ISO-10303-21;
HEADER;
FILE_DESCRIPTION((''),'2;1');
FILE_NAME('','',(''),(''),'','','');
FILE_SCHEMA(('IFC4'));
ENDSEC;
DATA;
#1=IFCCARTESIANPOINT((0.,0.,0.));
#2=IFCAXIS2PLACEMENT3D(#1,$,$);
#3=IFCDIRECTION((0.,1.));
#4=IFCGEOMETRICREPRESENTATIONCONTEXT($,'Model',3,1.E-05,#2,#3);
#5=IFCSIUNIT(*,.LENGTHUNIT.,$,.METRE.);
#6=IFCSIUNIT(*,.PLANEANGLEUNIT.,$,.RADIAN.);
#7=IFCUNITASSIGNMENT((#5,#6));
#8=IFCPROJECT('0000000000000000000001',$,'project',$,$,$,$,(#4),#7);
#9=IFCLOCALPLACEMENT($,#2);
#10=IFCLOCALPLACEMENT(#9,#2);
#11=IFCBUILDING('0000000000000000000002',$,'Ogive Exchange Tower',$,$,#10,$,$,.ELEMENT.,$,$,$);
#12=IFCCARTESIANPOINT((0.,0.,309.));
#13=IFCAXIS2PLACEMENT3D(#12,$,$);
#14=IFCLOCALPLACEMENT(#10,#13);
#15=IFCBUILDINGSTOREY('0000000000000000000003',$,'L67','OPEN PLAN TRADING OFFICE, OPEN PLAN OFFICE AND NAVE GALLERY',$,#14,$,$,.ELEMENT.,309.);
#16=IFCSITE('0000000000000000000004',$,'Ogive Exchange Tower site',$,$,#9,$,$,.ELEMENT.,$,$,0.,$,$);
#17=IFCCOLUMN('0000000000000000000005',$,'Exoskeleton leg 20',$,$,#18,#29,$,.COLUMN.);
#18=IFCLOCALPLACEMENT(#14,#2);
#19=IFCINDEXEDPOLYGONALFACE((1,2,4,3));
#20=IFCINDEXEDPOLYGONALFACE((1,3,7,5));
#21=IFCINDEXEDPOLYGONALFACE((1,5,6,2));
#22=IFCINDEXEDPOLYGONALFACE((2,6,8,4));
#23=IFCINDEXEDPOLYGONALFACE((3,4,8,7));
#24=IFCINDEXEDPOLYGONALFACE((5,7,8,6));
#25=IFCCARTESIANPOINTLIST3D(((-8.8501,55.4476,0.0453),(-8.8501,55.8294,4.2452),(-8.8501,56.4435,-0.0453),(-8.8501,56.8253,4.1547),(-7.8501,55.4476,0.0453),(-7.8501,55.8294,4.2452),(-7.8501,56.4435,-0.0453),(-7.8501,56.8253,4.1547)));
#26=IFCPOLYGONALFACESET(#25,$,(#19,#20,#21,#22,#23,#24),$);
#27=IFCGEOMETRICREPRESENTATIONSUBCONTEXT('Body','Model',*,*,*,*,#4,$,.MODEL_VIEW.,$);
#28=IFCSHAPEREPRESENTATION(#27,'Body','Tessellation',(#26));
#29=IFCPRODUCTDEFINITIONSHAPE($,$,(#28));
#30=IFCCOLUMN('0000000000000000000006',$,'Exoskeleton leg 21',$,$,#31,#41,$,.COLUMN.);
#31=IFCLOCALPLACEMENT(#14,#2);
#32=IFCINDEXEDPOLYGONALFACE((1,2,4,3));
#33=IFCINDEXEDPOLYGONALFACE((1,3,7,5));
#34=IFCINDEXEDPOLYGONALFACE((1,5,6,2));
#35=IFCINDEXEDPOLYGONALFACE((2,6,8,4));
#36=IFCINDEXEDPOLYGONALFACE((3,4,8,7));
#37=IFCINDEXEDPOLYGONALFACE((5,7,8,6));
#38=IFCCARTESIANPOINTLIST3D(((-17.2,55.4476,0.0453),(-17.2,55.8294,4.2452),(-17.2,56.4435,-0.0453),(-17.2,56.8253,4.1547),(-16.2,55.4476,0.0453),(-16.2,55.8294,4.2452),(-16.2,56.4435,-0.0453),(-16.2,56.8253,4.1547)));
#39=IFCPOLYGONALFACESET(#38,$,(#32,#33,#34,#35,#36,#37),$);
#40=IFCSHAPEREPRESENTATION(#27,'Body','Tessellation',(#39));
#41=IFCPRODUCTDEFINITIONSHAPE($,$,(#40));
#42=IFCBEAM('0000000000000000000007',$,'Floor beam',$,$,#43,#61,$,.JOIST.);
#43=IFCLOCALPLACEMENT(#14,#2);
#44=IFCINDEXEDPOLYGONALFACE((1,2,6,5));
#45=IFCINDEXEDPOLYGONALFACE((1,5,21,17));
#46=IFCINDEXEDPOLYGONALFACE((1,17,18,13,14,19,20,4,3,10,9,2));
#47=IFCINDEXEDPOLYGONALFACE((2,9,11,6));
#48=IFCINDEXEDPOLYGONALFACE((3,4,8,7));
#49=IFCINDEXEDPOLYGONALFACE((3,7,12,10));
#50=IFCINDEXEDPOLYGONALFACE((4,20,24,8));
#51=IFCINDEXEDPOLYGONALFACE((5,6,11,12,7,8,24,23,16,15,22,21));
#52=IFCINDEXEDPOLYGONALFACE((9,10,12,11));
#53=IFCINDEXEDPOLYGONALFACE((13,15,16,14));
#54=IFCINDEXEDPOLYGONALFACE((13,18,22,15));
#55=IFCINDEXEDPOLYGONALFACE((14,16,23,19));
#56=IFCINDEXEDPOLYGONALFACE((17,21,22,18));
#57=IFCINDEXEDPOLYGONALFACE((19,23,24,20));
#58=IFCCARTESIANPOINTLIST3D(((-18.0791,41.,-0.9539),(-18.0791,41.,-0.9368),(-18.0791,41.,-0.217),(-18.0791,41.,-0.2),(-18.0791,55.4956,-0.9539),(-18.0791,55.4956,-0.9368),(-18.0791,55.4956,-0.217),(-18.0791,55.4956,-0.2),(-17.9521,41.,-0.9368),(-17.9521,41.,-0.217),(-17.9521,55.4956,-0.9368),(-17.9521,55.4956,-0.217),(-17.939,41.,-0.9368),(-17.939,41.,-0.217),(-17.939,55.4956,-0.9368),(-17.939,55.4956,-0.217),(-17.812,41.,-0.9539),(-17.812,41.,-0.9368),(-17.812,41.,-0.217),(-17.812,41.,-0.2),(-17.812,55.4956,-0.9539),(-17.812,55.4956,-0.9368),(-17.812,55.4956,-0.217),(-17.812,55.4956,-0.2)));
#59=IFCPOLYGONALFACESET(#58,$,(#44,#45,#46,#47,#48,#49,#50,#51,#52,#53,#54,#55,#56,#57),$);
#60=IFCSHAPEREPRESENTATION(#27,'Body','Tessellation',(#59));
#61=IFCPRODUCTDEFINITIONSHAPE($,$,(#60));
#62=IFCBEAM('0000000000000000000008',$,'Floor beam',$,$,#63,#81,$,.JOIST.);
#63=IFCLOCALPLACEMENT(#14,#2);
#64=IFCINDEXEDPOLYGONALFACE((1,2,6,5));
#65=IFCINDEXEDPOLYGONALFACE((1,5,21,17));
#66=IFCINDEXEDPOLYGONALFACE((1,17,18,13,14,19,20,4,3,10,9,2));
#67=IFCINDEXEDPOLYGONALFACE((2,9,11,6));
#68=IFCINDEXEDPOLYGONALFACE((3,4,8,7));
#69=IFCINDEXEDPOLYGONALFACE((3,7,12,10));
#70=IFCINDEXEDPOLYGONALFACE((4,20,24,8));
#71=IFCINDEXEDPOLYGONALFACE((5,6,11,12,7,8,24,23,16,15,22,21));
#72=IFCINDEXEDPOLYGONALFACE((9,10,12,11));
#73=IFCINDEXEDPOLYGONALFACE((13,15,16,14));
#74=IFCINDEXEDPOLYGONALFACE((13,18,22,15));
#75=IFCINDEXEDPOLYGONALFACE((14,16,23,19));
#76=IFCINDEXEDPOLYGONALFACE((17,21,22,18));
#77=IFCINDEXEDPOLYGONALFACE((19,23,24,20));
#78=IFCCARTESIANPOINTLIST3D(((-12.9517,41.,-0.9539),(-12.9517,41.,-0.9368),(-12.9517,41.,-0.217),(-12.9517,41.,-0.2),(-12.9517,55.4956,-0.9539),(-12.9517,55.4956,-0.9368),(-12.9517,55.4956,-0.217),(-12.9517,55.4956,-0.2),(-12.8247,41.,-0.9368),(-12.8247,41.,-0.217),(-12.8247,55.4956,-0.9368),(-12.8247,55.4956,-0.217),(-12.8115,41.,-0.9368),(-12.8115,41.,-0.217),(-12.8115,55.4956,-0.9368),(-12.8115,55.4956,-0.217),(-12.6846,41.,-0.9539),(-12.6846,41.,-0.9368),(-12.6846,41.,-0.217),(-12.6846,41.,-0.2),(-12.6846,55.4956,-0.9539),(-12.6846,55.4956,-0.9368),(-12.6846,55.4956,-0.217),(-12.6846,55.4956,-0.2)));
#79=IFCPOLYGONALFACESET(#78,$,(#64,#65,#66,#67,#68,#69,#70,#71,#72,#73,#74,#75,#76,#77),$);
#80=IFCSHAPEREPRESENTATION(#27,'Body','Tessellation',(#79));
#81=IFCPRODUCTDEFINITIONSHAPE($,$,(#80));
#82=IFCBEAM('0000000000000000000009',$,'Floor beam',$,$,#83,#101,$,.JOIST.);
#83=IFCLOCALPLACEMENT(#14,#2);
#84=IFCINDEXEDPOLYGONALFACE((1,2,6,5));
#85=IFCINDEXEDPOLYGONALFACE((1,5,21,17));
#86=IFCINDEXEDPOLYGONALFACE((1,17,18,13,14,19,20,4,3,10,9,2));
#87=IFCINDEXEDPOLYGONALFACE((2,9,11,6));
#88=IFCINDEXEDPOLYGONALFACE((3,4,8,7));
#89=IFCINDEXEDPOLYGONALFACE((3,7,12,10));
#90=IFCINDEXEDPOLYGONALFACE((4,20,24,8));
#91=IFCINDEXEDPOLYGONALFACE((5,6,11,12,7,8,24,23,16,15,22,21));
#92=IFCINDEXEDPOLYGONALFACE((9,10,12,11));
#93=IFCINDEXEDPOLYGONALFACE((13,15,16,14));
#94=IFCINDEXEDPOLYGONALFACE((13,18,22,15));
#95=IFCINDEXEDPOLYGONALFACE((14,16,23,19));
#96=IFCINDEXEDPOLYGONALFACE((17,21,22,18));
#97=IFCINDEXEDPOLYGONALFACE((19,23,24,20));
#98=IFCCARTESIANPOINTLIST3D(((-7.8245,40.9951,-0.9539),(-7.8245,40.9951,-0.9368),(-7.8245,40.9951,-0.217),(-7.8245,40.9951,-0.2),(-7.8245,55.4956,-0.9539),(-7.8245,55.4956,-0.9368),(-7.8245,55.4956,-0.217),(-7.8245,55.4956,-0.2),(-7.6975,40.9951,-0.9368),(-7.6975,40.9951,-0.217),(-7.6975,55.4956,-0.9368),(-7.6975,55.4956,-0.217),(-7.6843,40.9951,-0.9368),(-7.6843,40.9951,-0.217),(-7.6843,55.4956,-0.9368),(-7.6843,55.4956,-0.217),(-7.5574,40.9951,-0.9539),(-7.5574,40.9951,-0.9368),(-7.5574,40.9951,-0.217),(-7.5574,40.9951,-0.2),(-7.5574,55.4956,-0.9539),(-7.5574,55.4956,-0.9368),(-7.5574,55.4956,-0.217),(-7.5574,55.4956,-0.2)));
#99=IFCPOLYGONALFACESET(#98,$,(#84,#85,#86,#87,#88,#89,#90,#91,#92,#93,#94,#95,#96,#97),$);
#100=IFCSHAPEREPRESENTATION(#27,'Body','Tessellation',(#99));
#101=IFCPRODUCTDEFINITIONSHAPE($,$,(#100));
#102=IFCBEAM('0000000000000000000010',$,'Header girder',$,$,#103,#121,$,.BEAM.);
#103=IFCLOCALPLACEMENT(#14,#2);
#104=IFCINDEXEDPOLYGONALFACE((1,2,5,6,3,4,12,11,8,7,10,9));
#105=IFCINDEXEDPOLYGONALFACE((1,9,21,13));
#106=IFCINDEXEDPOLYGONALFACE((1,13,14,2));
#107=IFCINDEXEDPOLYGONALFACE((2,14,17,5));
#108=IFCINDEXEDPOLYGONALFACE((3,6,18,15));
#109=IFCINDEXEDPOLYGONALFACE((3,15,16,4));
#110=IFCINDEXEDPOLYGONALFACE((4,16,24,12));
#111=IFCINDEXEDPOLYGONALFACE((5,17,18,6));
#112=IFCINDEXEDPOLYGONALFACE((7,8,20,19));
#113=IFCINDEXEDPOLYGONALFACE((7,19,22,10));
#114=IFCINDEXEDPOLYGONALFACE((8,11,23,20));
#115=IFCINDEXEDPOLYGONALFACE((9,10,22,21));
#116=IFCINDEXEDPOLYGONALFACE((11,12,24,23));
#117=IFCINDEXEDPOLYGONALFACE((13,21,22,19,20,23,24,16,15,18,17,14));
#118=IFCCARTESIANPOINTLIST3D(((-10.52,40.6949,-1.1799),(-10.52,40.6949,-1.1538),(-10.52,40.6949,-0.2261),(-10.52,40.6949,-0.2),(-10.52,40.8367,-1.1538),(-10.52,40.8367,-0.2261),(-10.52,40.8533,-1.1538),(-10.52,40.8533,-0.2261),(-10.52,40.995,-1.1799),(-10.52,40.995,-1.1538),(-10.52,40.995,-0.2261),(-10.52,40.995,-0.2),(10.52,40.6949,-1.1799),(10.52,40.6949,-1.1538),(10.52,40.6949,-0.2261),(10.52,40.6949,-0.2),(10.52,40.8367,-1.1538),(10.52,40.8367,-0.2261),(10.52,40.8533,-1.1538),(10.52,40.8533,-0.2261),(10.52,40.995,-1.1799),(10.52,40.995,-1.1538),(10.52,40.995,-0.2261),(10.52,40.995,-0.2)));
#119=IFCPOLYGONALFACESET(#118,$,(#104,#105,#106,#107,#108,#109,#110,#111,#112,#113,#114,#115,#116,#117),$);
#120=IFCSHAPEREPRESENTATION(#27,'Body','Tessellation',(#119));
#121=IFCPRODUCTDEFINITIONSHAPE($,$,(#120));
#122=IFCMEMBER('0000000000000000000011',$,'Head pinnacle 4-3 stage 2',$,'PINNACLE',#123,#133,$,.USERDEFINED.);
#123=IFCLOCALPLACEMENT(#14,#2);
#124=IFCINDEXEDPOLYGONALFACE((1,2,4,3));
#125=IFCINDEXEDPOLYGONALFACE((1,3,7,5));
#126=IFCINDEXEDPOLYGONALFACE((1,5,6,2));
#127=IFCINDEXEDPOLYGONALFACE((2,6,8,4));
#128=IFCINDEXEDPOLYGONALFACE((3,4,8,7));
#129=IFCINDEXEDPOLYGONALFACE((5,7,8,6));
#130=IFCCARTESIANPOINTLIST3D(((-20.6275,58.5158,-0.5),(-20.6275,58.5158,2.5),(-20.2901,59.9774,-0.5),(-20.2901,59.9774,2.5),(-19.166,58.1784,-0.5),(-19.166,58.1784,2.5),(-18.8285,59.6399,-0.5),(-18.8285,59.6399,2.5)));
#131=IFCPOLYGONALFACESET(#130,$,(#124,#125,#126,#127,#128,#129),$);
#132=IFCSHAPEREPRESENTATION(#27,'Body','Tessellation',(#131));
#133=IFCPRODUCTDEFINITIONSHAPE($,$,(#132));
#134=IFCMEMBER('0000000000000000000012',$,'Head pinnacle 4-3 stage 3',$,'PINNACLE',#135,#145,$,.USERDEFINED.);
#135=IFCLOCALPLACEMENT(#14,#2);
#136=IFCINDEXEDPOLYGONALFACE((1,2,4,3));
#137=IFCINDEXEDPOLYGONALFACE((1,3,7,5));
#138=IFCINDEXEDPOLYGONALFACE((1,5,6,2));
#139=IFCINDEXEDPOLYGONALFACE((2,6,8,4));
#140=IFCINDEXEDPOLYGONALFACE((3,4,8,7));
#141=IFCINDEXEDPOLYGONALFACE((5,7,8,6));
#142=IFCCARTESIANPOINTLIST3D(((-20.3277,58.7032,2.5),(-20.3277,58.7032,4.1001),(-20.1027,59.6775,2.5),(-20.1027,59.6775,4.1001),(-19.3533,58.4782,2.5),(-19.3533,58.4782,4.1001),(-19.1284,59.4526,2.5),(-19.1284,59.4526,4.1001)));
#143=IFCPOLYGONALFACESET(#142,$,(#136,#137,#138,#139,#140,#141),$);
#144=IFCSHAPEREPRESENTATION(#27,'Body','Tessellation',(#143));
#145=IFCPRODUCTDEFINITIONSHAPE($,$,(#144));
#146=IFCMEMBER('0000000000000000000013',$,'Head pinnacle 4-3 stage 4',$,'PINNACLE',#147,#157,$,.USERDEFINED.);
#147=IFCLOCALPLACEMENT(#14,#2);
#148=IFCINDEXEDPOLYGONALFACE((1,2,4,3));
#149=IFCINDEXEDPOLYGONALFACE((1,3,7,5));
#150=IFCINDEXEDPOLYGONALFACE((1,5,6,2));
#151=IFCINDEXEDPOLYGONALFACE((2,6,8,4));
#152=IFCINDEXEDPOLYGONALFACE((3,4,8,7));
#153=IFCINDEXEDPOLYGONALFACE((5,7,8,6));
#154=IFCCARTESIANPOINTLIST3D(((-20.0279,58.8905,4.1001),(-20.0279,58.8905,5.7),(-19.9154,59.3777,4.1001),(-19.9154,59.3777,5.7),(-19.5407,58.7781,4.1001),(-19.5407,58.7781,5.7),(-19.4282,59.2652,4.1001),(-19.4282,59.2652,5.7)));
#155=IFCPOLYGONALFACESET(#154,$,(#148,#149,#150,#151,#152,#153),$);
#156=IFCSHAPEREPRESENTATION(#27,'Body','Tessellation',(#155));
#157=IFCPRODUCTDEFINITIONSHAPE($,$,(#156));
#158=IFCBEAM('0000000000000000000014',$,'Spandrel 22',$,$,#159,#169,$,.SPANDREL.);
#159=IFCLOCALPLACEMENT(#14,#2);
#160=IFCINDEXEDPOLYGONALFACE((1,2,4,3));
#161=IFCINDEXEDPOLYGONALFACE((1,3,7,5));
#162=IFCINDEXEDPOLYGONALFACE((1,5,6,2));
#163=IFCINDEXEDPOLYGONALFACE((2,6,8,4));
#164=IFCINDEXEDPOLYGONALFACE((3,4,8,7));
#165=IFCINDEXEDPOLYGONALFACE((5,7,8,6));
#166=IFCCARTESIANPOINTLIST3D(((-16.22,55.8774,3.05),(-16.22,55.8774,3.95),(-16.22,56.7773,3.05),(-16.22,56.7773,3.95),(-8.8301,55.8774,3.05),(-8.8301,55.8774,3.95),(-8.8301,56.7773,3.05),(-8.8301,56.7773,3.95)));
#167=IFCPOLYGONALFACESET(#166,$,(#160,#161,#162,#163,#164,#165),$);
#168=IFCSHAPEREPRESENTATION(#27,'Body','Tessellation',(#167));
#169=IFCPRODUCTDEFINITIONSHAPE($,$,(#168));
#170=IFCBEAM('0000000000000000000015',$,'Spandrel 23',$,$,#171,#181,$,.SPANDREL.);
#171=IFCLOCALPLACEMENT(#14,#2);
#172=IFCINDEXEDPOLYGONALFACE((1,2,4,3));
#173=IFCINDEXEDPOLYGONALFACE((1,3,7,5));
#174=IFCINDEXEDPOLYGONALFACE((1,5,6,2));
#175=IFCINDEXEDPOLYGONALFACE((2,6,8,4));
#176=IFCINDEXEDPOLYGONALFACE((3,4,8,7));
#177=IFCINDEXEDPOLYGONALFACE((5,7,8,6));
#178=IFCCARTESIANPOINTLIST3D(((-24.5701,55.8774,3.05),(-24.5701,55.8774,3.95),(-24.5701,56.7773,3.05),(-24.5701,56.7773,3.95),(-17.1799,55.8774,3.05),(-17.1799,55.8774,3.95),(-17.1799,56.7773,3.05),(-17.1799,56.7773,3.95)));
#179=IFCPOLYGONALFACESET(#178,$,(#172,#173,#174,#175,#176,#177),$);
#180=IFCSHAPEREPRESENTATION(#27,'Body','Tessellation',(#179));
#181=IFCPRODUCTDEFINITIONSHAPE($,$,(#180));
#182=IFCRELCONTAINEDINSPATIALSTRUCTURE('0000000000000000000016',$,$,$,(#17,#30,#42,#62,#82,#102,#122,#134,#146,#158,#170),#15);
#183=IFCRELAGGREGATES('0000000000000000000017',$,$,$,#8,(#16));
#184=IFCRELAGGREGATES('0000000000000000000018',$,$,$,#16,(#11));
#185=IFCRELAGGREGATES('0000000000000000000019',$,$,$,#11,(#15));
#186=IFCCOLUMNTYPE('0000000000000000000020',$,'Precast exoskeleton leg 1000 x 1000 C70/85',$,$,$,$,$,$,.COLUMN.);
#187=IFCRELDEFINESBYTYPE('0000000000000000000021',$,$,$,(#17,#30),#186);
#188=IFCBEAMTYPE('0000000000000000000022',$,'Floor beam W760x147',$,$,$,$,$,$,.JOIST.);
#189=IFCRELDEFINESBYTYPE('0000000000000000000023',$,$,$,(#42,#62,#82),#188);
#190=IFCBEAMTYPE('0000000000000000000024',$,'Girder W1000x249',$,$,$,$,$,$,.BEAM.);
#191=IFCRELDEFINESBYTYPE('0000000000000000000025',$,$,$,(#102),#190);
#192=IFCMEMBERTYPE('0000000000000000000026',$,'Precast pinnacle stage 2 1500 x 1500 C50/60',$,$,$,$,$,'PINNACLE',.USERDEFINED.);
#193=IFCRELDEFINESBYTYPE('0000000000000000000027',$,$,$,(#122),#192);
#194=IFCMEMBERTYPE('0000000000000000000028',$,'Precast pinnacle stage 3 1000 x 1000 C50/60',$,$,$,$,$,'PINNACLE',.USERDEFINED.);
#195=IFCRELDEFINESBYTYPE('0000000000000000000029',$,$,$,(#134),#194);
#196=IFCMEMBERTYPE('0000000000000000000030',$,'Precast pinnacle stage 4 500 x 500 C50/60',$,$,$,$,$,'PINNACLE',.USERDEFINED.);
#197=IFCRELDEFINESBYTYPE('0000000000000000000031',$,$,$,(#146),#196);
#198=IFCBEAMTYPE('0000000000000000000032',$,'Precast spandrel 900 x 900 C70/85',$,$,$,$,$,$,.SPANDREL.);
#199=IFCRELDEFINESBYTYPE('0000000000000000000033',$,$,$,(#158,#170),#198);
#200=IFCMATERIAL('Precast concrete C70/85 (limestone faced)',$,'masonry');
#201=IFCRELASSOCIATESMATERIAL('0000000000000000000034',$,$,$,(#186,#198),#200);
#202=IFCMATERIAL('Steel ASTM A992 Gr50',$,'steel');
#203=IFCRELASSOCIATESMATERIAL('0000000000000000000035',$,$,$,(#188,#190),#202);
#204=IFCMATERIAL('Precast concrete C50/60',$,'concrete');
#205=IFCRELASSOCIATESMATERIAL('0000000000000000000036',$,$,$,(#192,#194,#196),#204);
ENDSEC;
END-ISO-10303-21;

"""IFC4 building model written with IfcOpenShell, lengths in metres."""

from ifc_helpers import new_model, si_unit, direction, frame, origin, origin_2d, place, context, subcontext, project, spatial, rectangle, i_section, extrude, material, material_profile, profile_set, type_object, element, save


model = new_model("IFC4")

# Units and contexts
model_context = context("Model", 3, precision=1e-05, world=origin(), true_north=direction((0.0, 1.0)))
body_context = subcontext(model_context, "Body", "Model", "MODEL_VIEW")
ifc_project = project(units=[si_unit("LENGTHUNIT", "METRE"), si_unit("PLANEANGLEUNIT", "RADIAN")], contexts=[model_context])

# Site, building, storey
site_placement = place(None, origin())
site = spatial("IfcSite", under=ifc_project, at=site_placement, Name="Ogive Exchange Tower site", CompositionType="ELEMENT", RefElevation=0.0)
building_placement = place(site_placement, origin())
building = spatial("IfcBuilding", under=site, at=building_placement, Name="Ogive Exchange Tower", CompositionType="ELEMENT")
storey_placement = place(building_placement, frame((0.0, 0.0, 309.0)))
storey = spatial("IfcBuildingStorey", under=building, at=storey_placement, Name="L67", Description="OPEN PLAN TRADING OFFICE, OPEN PLAN OFFICE AND NAVE GALLERY", CompositionType="ELEMENT", Elevation=309.0)

# Columns
ifc_material_1 = material(Name="Precast concrete C70/85 (limestone faced)", Category="masonry")
ifc_material_profile_1 = material_profile(ifc_material_1, rectangle(XDim=1.0, YDim=1.0, at=origin_2d()), Name="1000 x 1000")
ifc_profile_set_1 = profile_set([ifc_material_profile_1], Name="Precast concrete C70/85 (limestone faced)")
column_type = type_object("IfcColumnType", Name="Precast exoskeleton leg 1000 x 1000 C70/85", PredefinedType="COLUMN", material=ifc_profile_set_1)
for number, where, z_axis, x_axis, name in (
    (1, (-8.3501, 55.9456, 0.0), (0.0, 0.090541, 0.995893), (-1.0, 0.0, 0.0), "Exoskeleton leg 20"),
    (2, (-16.7, 55.9456, 0.0), (0.0, 0.090541, 0.995893), (-1.0, 0.0, 0.0), "Exoskeleton leg 21"),
):
    element("IfcColumn", number, at=place(storey_placement, frame(where, z_axis=z_axis, x_axis=x_axis)), inside=storey, type_object=column_type, Name=name, PredefinedType="COLUMN", context=body_context, shape_type="SweptSolid", body=[
        extrude(rectangle(XDim=1.0, YDim=1.0, at=origin_2d()), origin(), (0.0, 0.0, 1.0), 4.2173),
    ])

# Beams
ifc_material_2 = material(Name="Steel ASTM A992 Gr50", Category="steel")
ifc_material_profile_2 = material_profile(ifc_material_2, i_section(OverallWidth=0.2671, OverallDepth=0.7539, WebThickness=0.0132, FlangeThickness=0.0171, at=origin_2d()), Name="W760x147")
ifc_profile_set_2 = profile_set([ifc_material_profile_2], Name="Steel ASTM A992 Gr50")
beam_type_1 = type_object("IfcBeamType", Name="Floor beam W760x147", PredefinedType="JOIST", material=ifc_profile_set_2)
for number, where, z_axis, x_axis, name in (
    (3, (-17.9456, 41.0, -0.5769), (0.0, 1.0, 0.0), (-1.0, 0.0, 0.0), "Floor beam"),
    (4, (-12.8181, 41.0, -0.5769), (0.0, 1.0, 0.0), (-1.0, 0.0, 0.0), "Floor beam"),
):
    element("IfcBeam", number, at=place(storey_placement, frame(where, z_axis=z_axis, x_axis=x_axis)), inside=storey, type_object=beam_type_1, Name=name, PredefinedType="JOIST", context=body_context, shape_type="SweptSolid", body=[
        extrude(i_section(OverallWidth=0.2671, OverallDepth=0.7539, WebThickness=0.0132, FlangeThickness=0.0171, at=origin_2d()), origin(), (0.0, 0.0, 1.0), 14.4956),
    ])
beam_1_placement = place(storey_placement, frame((-7.6909, 40.9951, -0.5769), z_axis=(0.0, 1.0, 0.0), x_axis=(-1.0, 0.0, 0.0)))
element("IfcBeam", 5, at=beam_1_placement, inside=storey, type_object=beam_type_1, Name="Floor beam", PredefinedType="JOIST", context=body_context, shape_type="SweptSolid", body=[
    extrude(i_section(OverallWidth=0.2671, OverallDepth=0.7539, WebThickness=0.0132, FlangeThickness=0.0171, at=origin_2d()), origin(), (0.0, 0.0, 1.0), 14.5005),
])
ifc_material_profile_3 = material_profile(ifc_material_2, i_section(OverallWidth=0.3, OverallDepth=0.98, WebThickness=0.0166, FlangeThickness=0.0261, at=origin_2d()), Name="W1000x249")
ifc_profile_set_3 = profile_set([ifc_material_profile_3], Name="Steel ASTM A992 Gr50")
beam_type_2 = type_object("IfcBeamType", Name="Girder W1000x249", PredefinedType="BEAM", material=ifc_profile_set_3)
beam_2_placement = place(storey_placement, frame((-10.52, 40.845, -0.6899), z_axis=(1.0, 0.0, 0.0), x_axis=(0.0, 1.0, 0.0)))
element("IfcBeam", 6, at=beam_2_placement, inside=storey, type_object=beam_type_2, Name="Header girder", PredefinedType="BEAM", context=body_context, shape_type="SweptSolid", body=[
    extrude(i_section(OverallWidth=0.3, OverallDepth=0.98, WebThickness=0.0166, FlangeThickness=0.0261, at=origin_2d()), origin(), (0.0, 0.0, 1.0), 21.04),
])

# Members
ifc_material_3 = material(Name="Precast concrete C50/60", Category="concrete")
ifc_material_profile_4 = material_profile(ifc_material_3, rectangle(XDim=1.5, YDim=1.5, at=origin_2d()), Name="PINNACLE 2 1500 x 1500")
ifc_profile_set_4 = profile_set([ifc_material_profile_4], Name="Precast concrete C50/60")
member_type_1 = type_object("IfcMemberType", Name="Precast pinnacle stage 2 1500 x 1500 C50/60", ElementType="PINNACLE", PredefinedType="USERDEFINED", material=ifc_profile_set_4)
member_1_placement = place(storey_placement, frame((-19.728, 59.0779, -0.5), z_axis=(0.0, 0.0, 1.0), x_axis=(0.97437, -0.224951, 0.0)))
element("IfcMember", 7, at=member_1_placement, inside=storey, type_object=member_type_1, Name="Head pinnacle 4-3 stage 2", ObjectType="PINNACLE", PredefinedType="USERDEFINED", context=body_context, shape_type="SweptSolid", body=[
    extrude(rectangle(XDim=1.5, YDim=1.5, at=origin_2d()), origin(), (0.0, 0.0, 1.0), 3.0),
])
ifc_material_profile_5 = material_profile(ifc_material_3, rectangle(XDim=1.0, YDim=1.0, at=origin_2d()), Name="PINNACLE 3 1000 x 1000")
ifc_profile_set_5 = profile_set([ifc_material_profile_5], Name="Precast concrete C50/60")
member_type_2 = type_object("IfcMemberType", Name="Precast pinnacle stage 3 1000 x 1000 C50/60", ElementType="PINNACLE", PredefinedType="USERDEFINED", material=ifc_profile_set_5)
member_2_placement = place(storey_placement, frame((-19.728, 59.0779, 2.5), z_axis=(0.0, 0.0, 1.0), x_axis=(0.97437, -0.224951, 0.0)))
element("IfcMember", 8, at=member_2_placement, inside=storey, type_object=member_type_2, Name="Head pinnacle 4-3 stage 3", ObjectType="PINNACLE", PredefinedType="USERDEFINED", context=body_context, shape_type="SweptSolid", body=[
    extrude(rectangle(XDim=1.0, YDim=1.0, at=origin_2d()), origin(), (0.0, 0.0, 1.0), 1.6001),
])
ifc_material_profile_6 = material_profile(ifc_material_3, rectangle(XDim=0.5, YDim=0.5, at=origin_2d()), Name="PINNACLE 4 500 x 500")
ifc_profile_set_6 = profile_set([ifc_material_profile_6], Name="Precast concrete C50/60")
member_type_3 = type_object("IfcMemberType", Name="Precast pinnacle stage 4 500 x 500 C50/60", ElementType="PINNACLE", PredefinedType="USERDEFINED", material=ifc_profile_set_6)
member_3_placement = place(storey_placement, frame((-19.728, 59.0779, 4.1001), z_axis=(0.0, 0.0, 1.0), x_axis=(0.97437, -0.224951, 0.0)))
element("IfcMember", 9, at=member_3_placement, inside=storey, type_object=member_type_3, Name="Head pinnacle 4-3 stage 4", ObjectType="PINNACLE", PredefinedType="USERDEFINED", context=body_context, shape_type="SweptSolid", body=[
    extrude(rectangle(XDim=0.5, YDim=0.5, at=origin_2d()), origin(), (0.0, 0.0, 1.0), 1.5999),
])

# Beams
ifc_material_profile_7 = material_profile(ifc_material_1, rectangle(XDim=0.8999, YDim=0.8999, at=origin_2d()), Name="900 x 900")
ifc_profile_set_7 = profile_set([ifc_material_profile_7], Name="Precast concrete C70/85 (limestone faced)")
beam_type_3 = type_object("IfcBeamType", Name="Precast spandrel 900 x 900 C70/85", PredefinedType="SPANDREL", material=ifc_profile_set_7)
beam_3_placement = place(storey_placement, frame((-8.8301, 56.3274, 3.5), z_axis=(-1.0, 0.0, 0.0), x_axis=(0.0, -1.0, 0.0)))
element("IfcBeam", 10, at=beam_3_placement, inside=storey, type_object=beam_type_3, Name="Spandrel 22", PredefinedType="SPANDREL", context=body_context, shape_type="SweptSolid", body=[
    extrude(rectangle(XDim=0.8999, YDim=0.8999, at=origin_2d()), origin(), (0.0, 0.0, 1.0), 7.3899),
])
beam_4_placement = place(storey_placement, frame((-17.1799, 56.3274, 3.5), z_axis=(-1.0, 0.0, 0.0), x_axis=(0.0, -1.0, 0.0)))
element("IfcBeam", 11, at=beam_4_placement, inside=storey, type_object=beam_type_3, Name="Spandrel 23", PredefinedType="SPANDREL", context=body_context, shape_type="SweptSolid", body=[
    extrude(rectangle(XDim=0.8999, YDim=0.8999, at=origin_2d()), origin(), (0.0, 0.0, 1.0), 7.3901),
])

save(model, "model.ifc")
